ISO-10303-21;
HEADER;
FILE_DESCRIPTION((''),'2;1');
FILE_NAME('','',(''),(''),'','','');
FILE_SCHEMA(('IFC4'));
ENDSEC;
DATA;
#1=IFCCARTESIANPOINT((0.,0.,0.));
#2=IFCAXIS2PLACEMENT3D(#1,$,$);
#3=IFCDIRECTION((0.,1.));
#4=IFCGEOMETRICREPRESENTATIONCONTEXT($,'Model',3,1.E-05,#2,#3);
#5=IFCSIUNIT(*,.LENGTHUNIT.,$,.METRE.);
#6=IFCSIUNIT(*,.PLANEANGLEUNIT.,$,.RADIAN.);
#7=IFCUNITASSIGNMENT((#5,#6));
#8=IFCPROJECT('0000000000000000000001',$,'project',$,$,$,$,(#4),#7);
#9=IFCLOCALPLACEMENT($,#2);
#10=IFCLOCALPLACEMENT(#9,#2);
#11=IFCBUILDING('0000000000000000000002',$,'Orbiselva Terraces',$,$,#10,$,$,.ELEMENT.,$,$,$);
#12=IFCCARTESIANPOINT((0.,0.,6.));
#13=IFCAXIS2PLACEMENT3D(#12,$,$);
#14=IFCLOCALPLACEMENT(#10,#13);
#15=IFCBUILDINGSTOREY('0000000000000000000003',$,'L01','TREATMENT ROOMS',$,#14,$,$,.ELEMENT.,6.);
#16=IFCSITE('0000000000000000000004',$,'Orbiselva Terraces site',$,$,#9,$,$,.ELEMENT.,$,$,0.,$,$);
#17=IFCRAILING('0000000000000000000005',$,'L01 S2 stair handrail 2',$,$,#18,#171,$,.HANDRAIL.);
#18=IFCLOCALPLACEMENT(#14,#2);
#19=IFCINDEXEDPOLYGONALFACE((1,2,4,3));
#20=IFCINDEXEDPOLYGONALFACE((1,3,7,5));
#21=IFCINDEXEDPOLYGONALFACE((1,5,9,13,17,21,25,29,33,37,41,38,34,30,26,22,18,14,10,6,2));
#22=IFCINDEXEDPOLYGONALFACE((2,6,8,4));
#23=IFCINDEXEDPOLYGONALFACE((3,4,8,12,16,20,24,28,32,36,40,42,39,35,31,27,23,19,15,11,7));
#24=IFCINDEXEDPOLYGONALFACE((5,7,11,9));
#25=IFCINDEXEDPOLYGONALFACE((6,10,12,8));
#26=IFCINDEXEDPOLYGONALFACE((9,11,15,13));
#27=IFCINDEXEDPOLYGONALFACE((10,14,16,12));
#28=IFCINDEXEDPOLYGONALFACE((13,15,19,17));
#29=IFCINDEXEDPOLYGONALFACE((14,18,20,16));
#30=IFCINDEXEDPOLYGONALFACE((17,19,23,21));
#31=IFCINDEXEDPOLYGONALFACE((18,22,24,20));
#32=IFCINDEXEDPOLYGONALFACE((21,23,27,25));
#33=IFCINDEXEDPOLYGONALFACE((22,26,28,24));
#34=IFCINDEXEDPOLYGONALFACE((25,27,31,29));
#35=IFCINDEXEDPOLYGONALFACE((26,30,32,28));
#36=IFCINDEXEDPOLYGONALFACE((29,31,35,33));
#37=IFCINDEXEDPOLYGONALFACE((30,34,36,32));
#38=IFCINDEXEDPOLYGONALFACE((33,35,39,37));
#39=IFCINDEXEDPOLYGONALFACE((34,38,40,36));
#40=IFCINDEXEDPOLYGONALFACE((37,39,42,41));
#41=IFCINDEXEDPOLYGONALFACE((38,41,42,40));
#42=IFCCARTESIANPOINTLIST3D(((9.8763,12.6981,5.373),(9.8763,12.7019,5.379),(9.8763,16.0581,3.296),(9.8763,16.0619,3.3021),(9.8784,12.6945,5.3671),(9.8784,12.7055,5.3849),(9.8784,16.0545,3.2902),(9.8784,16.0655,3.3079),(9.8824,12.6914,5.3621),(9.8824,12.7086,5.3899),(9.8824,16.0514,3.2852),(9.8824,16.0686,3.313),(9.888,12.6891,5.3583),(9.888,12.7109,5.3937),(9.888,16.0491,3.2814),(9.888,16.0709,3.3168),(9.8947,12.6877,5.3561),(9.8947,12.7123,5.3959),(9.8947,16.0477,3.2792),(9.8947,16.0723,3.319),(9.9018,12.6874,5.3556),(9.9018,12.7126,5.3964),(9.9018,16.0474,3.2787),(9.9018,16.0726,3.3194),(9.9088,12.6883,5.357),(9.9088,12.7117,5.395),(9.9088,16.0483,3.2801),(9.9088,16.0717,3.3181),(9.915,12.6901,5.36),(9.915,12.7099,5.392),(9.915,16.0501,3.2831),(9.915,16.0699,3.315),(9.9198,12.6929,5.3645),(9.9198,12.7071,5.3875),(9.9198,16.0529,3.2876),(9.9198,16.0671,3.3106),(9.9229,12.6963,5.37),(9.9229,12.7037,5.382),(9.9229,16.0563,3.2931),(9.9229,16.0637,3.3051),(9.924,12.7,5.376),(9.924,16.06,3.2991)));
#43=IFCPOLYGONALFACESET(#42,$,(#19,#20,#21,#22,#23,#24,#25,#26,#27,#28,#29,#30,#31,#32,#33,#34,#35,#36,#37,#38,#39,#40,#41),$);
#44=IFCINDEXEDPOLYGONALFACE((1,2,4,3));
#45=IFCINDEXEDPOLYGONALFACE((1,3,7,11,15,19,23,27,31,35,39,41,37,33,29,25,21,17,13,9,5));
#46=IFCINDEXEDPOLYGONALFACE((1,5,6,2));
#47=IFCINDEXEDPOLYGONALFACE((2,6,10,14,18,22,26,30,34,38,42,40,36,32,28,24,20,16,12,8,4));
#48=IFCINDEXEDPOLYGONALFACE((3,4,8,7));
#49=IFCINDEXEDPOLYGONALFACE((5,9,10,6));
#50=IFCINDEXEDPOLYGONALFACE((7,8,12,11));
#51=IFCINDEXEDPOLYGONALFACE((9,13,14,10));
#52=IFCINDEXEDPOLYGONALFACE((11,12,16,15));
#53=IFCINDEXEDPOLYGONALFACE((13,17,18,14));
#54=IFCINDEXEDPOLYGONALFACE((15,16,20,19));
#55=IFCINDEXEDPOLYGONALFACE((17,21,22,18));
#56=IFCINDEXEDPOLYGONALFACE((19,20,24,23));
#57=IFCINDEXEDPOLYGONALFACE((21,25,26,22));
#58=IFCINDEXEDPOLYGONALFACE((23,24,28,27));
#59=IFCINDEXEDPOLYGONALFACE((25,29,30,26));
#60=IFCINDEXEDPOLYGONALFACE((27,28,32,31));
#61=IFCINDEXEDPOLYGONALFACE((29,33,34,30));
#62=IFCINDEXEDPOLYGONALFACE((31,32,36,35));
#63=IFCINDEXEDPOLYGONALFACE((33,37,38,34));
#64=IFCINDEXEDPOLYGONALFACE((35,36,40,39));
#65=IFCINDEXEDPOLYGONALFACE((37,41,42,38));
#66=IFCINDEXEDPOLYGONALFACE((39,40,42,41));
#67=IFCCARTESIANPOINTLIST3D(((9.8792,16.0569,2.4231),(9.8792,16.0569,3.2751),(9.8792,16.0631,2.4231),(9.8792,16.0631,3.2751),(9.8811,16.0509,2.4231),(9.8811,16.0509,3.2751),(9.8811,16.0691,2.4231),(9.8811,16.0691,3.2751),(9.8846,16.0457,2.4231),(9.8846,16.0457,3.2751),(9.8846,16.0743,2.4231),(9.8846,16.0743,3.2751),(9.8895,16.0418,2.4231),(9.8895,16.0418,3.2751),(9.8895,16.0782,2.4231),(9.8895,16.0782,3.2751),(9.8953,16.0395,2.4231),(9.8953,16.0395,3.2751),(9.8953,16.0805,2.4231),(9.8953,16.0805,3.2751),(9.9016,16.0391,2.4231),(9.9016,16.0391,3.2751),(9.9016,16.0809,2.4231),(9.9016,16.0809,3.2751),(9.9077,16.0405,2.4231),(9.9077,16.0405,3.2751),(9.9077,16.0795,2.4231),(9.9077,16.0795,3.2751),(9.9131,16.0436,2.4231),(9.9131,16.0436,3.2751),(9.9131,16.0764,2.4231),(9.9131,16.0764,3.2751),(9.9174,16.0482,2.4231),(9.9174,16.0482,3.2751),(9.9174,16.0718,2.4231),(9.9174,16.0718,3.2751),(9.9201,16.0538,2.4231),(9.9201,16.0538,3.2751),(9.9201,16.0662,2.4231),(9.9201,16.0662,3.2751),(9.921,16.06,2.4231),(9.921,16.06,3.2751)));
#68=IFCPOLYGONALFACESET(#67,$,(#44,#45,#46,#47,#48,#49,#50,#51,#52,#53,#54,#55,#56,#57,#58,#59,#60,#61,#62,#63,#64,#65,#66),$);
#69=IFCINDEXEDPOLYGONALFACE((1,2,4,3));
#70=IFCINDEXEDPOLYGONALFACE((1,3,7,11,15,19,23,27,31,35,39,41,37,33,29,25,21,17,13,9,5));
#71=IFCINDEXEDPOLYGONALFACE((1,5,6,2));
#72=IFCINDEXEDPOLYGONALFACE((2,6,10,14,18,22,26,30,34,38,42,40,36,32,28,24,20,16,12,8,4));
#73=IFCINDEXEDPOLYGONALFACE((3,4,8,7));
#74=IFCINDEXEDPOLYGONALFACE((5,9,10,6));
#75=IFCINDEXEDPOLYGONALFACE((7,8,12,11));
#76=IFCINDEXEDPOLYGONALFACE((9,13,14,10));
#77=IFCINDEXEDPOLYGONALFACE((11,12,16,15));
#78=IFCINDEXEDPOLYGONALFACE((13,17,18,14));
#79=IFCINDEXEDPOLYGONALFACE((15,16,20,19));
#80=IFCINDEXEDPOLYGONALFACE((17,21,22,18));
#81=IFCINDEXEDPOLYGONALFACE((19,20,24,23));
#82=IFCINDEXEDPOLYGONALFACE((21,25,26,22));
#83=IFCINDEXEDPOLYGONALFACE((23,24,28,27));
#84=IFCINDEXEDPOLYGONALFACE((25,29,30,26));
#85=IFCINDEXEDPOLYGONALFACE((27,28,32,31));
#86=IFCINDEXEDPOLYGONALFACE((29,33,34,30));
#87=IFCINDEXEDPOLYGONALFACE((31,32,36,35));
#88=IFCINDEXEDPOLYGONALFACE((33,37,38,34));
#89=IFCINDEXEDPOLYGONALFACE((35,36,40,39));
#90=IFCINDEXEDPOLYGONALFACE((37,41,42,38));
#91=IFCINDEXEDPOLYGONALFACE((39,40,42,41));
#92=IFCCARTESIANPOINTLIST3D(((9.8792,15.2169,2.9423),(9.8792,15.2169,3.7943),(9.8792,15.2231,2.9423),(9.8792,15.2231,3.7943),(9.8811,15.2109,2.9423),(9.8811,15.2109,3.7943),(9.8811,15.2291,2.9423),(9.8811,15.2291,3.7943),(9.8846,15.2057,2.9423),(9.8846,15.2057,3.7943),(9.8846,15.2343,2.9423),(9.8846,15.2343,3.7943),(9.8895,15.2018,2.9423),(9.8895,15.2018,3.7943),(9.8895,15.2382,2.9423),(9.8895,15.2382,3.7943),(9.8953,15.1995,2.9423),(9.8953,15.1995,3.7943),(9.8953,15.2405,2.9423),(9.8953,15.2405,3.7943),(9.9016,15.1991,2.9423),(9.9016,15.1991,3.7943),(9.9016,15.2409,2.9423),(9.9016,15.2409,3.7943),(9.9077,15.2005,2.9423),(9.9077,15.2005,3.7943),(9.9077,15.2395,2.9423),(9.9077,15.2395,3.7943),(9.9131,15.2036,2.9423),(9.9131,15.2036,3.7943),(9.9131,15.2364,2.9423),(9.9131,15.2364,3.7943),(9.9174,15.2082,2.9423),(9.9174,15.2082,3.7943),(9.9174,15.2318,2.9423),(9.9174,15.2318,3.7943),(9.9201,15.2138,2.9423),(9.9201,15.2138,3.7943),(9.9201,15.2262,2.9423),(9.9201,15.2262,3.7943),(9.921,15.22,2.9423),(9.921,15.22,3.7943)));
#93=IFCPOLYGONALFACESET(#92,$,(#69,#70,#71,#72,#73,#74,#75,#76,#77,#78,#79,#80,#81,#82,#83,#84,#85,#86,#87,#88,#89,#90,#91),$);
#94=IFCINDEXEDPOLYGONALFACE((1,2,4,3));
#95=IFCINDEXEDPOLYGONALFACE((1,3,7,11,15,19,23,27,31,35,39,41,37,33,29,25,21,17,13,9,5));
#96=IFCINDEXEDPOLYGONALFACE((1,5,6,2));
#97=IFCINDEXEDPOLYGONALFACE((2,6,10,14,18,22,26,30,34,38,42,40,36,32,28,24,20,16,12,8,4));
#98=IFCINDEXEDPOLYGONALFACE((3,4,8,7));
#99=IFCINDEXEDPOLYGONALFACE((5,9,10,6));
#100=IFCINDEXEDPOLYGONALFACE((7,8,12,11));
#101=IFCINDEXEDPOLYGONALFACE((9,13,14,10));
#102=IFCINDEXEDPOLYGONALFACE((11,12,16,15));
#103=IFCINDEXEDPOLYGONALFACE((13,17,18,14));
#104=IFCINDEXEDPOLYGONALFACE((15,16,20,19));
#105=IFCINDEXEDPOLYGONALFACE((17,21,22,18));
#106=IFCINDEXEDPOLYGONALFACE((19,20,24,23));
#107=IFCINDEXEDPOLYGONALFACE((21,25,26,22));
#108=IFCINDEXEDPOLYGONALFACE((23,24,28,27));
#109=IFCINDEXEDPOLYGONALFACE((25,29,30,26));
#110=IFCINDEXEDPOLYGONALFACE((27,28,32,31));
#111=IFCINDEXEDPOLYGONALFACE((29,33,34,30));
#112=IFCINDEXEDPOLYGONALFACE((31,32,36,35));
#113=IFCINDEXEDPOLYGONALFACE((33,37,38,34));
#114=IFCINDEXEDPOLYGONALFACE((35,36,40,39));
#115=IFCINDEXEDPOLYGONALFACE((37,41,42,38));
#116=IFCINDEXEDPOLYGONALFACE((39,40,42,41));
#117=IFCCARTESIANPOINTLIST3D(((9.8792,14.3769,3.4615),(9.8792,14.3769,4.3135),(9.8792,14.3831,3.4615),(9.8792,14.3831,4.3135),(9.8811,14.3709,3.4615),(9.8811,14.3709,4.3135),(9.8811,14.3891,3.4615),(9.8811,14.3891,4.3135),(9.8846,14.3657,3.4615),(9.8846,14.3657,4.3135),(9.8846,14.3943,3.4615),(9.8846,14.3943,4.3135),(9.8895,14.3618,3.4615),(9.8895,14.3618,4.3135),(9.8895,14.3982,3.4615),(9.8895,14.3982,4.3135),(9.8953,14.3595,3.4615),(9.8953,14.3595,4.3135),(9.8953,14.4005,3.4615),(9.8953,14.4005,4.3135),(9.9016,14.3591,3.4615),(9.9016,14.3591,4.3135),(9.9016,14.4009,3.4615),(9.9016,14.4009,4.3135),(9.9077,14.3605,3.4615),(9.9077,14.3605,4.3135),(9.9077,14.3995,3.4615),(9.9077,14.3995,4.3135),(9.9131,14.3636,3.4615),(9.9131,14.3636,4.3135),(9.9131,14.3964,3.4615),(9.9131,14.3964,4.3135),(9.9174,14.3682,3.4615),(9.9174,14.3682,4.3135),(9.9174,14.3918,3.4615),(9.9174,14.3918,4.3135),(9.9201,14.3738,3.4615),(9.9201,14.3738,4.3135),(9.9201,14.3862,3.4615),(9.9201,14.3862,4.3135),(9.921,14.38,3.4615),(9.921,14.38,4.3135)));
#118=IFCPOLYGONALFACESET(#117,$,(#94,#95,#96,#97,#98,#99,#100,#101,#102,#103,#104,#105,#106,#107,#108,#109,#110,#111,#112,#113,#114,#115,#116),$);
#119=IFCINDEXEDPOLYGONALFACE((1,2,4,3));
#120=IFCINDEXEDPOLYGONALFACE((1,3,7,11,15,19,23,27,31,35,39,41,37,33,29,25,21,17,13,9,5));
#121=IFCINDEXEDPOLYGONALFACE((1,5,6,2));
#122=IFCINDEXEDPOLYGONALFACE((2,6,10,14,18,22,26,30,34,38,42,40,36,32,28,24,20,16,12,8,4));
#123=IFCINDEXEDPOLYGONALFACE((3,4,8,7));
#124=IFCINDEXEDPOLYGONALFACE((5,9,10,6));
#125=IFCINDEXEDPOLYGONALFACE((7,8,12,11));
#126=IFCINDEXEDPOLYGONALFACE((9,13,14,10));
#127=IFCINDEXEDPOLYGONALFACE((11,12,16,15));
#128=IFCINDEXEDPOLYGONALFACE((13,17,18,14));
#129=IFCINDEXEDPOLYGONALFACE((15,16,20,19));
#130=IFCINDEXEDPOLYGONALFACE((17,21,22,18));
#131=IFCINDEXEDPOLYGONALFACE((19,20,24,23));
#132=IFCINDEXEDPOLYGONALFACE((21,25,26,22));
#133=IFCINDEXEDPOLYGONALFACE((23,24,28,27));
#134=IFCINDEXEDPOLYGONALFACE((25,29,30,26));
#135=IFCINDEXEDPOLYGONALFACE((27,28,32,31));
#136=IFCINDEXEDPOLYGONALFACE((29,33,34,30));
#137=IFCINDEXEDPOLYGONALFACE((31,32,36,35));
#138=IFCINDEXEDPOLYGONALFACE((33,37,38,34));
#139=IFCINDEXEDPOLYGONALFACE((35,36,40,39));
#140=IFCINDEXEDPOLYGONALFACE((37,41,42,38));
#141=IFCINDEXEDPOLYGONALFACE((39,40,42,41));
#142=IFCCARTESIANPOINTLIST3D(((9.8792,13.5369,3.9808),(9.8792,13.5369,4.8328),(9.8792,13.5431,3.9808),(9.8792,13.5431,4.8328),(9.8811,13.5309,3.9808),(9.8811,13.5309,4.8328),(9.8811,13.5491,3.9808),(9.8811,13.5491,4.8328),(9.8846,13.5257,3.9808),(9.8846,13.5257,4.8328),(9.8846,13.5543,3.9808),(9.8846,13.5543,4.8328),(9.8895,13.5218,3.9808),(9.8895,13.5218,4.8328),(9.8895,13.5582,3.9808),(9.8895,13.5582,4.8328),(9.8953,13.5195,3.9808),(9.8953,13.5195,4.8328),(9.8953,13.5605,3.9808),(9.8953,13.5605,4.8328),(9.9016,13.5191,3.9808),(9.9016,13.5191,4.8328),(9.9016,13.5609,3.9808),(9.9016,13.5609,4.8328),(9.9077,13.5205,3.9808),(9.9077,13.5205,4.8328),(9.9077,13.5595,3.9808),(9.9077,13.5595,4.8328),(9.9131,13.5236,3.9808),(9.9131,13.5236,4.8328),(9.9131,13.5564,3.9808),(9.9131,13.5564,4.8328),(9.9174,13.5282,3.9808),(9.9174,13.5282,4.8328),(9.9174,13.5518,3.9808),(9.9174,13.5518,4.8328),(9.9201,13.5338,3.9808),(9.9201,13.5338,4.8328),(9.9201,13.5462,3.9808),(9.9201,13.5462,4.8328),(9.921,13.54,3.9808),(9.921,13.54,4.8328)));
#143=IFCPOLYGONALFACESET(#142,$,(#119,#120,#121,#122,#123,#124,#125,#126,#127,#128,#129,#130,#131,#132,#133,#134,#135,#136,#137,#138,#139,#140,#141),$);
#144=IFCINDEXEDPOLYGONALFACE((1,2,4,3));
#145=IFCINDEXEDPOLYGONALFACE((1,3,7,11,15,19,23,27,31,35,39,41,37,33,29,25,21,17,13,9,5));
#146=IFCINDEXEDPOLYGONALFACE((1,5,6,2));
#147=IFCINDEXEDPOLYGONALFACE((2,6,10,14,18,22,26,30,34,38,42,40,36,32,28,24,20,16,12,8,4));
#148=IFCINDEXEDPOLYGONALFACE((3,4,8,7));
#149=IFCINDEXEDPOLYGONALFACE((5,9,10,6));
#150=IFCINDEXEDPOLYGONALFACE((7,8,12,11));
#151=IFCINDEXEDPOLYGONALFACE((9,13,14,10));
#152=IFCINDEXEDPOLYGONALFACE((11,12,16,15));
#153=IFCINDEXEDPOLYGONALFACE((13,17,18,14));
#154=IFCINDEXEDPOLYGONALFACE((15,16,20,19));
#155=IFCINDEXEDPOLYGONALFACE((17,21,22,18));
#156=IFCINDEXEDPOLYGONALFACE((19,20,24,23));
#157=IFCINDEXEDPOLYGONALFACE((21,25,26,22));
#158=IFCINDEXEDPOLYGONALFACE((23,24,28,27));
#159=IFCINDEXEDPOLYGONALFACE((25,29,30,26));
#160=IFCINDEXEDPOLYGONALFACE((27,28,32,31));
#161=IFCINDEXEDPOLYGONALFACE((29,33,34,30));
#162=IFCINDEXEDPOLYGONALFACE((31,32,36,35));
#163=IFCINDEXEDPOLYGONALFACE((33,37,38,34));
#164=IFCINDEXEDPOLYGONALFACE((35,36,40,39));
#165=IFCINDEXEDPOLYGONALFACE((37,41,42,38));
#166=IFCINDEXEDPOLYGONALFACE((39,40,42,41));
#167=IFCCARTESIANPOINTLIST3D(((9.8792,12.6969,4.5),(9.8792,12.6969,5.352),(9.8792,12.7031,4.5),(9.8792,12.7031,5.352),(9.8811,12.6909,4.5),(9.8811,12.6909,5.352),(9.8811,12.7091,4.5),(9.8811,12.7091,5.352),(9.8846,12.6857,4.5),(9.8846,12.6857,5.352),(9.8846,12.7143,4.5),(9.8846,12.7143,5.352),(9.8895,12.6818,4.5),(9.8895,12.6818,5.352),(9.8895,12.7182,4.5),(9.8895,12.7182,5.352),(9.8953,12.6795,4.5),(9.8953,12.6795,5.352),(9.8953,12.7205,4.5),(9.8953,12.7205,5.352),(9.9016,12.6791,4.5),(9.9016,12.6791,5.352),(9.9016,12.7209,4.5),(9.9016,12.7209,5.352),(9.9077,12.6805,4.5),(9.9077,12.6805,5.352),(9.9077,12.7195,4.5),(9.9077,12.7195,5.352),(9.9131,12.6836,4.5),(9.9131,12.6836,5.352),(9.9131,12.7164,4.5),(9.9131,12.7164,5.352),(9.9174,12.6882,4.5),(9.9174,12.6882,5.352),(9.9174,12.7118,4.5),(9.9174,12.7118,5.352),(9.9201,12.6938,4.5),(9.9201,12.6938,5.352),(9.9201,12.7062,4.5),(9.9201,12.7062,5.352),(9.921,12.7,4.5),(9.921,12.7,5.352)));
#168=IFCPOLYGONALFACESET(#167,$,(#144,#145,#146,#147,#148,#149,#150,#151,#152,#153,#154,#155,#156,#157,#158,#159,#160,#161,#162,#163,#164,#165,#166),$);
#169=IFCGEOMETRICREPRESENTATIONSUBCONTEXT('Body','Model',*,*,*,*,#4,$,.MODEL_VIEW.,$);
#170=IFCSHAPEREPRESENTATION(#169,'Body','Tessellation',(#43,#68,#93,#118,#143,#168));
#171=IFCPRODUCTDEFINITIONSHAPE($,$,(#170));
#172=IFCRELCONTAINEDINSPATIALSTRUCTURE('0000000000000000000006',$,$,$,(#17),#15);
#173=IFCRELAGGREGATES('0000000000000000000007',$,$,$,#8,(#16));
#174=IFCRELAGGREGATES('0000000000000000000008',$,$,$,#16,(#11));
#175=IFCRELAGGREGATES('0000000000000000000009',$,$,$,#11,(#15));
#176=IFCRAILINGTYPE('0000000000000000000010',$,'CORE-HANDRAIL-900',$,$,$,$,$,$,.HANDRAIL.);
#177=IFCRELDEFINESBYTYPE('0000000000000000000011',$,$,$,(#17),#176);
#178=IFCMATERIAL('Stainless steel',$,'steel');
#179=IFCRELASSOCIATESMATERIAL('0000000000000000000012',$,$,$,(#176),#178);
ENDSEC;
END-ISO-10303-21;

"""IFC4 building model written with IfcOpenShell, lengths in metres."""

from ifc_helpers import new_model, si_unit, direction, frame, origin, origin_2d, place, context, subcontext, project, spatial, circle, extrude, material, type_object, element, save


model = new_model("IFC4")

# Units and contexts
model_context = context("Model", 3, precision=1e-05, world=origin(), true_north=direction((0.0, 1.0)))
body_context = subcontext(model_context, "Body", "Model", "MODEL_VIEW")
ifc_project = project(units=[si_unit("LENGTHUNIT", "METRE"), si_unit("PLANEANGLEUNIT", "RADIAN")], contexts=[model_context])

# Site, building, storey
site_placement = place(None, origin())
site = spatial("IfcSite", under=ifc_project, at=site_placement, Name="Orbiselva Terraces site", CompositionType="ELEMENT", RefElevation=0.0)
building_placement = place(site_placement, origin())
building = spatial("IfcBuilding", under=site, at=building_placement, Name="Orbiselva Terraces", CompositionType="ELEMENT")
storey_placement = place(building_placement, frame((0.0, 0.0, 6.0)))
storey = spatial("IfcBuildingStorey", under=building, at=storey_placement, Name="L01", Description="TREATMENT ROOMS", CompositionType="ELEMENT", Elevation=6.0)

# Railing
ifc_material_1 = material(Name="Stainless steel", Category="steel")
railing_type_1 = type_object("IfcRailingType", Name="CORE-HANDRAIL-900", PredefinedType="HANDRAIL", material=ifc_material_1)
railing_1_placement = place(storey_placement, frame((9.9, 16.06, 2.4231)))
element("IfcRailing", 1, at=railing_1_placement, inside=storey, type_object=railing_type_1, Name="L01 S2 stair handrail 2", PredefinedType="HANDRAIL", context=body_context, shape_type="SweptSolid", body=[
    extrude(circle(Radius=0.024, at=origin_2d()), frame((0.0, 0.0, 0.876), z_axis=(0.0, -0.850614, 0.525791), x_axis=(1.0, 0.0, 0.0)), (0.0, 0.0, 1.0), 3.9501),
    extrude(circle(Radius=0.021, at=origin_2d()), origin(), (0.0, 0.0, 1.0), 0.852),
    extrude(circle(Radius=0.021, at=origin_2d()), frame((0.0, -0.84, 0.5192)), (0.0, 0.0, 1.0), 0.852),
    extrude(circle(Radius=0.021, at=origin_2d()), frame((0.0, -1.68, 1.0385)), (0.0, 0.0, 1.0), 0.852),
    extrude(circle(Radius=0.021, at=origin_2d()), frame((0.0, -2.52, 1.5577)), (0.0, 0.0, 1.0), 0.852),
    extrude(circle(Radius=0.021, at=origin_2d()), frame((0.0, -3.36, 2.0769)), (0.0, 0.0, 1.0), 0.852),
])

save(model, "model.ifc")
